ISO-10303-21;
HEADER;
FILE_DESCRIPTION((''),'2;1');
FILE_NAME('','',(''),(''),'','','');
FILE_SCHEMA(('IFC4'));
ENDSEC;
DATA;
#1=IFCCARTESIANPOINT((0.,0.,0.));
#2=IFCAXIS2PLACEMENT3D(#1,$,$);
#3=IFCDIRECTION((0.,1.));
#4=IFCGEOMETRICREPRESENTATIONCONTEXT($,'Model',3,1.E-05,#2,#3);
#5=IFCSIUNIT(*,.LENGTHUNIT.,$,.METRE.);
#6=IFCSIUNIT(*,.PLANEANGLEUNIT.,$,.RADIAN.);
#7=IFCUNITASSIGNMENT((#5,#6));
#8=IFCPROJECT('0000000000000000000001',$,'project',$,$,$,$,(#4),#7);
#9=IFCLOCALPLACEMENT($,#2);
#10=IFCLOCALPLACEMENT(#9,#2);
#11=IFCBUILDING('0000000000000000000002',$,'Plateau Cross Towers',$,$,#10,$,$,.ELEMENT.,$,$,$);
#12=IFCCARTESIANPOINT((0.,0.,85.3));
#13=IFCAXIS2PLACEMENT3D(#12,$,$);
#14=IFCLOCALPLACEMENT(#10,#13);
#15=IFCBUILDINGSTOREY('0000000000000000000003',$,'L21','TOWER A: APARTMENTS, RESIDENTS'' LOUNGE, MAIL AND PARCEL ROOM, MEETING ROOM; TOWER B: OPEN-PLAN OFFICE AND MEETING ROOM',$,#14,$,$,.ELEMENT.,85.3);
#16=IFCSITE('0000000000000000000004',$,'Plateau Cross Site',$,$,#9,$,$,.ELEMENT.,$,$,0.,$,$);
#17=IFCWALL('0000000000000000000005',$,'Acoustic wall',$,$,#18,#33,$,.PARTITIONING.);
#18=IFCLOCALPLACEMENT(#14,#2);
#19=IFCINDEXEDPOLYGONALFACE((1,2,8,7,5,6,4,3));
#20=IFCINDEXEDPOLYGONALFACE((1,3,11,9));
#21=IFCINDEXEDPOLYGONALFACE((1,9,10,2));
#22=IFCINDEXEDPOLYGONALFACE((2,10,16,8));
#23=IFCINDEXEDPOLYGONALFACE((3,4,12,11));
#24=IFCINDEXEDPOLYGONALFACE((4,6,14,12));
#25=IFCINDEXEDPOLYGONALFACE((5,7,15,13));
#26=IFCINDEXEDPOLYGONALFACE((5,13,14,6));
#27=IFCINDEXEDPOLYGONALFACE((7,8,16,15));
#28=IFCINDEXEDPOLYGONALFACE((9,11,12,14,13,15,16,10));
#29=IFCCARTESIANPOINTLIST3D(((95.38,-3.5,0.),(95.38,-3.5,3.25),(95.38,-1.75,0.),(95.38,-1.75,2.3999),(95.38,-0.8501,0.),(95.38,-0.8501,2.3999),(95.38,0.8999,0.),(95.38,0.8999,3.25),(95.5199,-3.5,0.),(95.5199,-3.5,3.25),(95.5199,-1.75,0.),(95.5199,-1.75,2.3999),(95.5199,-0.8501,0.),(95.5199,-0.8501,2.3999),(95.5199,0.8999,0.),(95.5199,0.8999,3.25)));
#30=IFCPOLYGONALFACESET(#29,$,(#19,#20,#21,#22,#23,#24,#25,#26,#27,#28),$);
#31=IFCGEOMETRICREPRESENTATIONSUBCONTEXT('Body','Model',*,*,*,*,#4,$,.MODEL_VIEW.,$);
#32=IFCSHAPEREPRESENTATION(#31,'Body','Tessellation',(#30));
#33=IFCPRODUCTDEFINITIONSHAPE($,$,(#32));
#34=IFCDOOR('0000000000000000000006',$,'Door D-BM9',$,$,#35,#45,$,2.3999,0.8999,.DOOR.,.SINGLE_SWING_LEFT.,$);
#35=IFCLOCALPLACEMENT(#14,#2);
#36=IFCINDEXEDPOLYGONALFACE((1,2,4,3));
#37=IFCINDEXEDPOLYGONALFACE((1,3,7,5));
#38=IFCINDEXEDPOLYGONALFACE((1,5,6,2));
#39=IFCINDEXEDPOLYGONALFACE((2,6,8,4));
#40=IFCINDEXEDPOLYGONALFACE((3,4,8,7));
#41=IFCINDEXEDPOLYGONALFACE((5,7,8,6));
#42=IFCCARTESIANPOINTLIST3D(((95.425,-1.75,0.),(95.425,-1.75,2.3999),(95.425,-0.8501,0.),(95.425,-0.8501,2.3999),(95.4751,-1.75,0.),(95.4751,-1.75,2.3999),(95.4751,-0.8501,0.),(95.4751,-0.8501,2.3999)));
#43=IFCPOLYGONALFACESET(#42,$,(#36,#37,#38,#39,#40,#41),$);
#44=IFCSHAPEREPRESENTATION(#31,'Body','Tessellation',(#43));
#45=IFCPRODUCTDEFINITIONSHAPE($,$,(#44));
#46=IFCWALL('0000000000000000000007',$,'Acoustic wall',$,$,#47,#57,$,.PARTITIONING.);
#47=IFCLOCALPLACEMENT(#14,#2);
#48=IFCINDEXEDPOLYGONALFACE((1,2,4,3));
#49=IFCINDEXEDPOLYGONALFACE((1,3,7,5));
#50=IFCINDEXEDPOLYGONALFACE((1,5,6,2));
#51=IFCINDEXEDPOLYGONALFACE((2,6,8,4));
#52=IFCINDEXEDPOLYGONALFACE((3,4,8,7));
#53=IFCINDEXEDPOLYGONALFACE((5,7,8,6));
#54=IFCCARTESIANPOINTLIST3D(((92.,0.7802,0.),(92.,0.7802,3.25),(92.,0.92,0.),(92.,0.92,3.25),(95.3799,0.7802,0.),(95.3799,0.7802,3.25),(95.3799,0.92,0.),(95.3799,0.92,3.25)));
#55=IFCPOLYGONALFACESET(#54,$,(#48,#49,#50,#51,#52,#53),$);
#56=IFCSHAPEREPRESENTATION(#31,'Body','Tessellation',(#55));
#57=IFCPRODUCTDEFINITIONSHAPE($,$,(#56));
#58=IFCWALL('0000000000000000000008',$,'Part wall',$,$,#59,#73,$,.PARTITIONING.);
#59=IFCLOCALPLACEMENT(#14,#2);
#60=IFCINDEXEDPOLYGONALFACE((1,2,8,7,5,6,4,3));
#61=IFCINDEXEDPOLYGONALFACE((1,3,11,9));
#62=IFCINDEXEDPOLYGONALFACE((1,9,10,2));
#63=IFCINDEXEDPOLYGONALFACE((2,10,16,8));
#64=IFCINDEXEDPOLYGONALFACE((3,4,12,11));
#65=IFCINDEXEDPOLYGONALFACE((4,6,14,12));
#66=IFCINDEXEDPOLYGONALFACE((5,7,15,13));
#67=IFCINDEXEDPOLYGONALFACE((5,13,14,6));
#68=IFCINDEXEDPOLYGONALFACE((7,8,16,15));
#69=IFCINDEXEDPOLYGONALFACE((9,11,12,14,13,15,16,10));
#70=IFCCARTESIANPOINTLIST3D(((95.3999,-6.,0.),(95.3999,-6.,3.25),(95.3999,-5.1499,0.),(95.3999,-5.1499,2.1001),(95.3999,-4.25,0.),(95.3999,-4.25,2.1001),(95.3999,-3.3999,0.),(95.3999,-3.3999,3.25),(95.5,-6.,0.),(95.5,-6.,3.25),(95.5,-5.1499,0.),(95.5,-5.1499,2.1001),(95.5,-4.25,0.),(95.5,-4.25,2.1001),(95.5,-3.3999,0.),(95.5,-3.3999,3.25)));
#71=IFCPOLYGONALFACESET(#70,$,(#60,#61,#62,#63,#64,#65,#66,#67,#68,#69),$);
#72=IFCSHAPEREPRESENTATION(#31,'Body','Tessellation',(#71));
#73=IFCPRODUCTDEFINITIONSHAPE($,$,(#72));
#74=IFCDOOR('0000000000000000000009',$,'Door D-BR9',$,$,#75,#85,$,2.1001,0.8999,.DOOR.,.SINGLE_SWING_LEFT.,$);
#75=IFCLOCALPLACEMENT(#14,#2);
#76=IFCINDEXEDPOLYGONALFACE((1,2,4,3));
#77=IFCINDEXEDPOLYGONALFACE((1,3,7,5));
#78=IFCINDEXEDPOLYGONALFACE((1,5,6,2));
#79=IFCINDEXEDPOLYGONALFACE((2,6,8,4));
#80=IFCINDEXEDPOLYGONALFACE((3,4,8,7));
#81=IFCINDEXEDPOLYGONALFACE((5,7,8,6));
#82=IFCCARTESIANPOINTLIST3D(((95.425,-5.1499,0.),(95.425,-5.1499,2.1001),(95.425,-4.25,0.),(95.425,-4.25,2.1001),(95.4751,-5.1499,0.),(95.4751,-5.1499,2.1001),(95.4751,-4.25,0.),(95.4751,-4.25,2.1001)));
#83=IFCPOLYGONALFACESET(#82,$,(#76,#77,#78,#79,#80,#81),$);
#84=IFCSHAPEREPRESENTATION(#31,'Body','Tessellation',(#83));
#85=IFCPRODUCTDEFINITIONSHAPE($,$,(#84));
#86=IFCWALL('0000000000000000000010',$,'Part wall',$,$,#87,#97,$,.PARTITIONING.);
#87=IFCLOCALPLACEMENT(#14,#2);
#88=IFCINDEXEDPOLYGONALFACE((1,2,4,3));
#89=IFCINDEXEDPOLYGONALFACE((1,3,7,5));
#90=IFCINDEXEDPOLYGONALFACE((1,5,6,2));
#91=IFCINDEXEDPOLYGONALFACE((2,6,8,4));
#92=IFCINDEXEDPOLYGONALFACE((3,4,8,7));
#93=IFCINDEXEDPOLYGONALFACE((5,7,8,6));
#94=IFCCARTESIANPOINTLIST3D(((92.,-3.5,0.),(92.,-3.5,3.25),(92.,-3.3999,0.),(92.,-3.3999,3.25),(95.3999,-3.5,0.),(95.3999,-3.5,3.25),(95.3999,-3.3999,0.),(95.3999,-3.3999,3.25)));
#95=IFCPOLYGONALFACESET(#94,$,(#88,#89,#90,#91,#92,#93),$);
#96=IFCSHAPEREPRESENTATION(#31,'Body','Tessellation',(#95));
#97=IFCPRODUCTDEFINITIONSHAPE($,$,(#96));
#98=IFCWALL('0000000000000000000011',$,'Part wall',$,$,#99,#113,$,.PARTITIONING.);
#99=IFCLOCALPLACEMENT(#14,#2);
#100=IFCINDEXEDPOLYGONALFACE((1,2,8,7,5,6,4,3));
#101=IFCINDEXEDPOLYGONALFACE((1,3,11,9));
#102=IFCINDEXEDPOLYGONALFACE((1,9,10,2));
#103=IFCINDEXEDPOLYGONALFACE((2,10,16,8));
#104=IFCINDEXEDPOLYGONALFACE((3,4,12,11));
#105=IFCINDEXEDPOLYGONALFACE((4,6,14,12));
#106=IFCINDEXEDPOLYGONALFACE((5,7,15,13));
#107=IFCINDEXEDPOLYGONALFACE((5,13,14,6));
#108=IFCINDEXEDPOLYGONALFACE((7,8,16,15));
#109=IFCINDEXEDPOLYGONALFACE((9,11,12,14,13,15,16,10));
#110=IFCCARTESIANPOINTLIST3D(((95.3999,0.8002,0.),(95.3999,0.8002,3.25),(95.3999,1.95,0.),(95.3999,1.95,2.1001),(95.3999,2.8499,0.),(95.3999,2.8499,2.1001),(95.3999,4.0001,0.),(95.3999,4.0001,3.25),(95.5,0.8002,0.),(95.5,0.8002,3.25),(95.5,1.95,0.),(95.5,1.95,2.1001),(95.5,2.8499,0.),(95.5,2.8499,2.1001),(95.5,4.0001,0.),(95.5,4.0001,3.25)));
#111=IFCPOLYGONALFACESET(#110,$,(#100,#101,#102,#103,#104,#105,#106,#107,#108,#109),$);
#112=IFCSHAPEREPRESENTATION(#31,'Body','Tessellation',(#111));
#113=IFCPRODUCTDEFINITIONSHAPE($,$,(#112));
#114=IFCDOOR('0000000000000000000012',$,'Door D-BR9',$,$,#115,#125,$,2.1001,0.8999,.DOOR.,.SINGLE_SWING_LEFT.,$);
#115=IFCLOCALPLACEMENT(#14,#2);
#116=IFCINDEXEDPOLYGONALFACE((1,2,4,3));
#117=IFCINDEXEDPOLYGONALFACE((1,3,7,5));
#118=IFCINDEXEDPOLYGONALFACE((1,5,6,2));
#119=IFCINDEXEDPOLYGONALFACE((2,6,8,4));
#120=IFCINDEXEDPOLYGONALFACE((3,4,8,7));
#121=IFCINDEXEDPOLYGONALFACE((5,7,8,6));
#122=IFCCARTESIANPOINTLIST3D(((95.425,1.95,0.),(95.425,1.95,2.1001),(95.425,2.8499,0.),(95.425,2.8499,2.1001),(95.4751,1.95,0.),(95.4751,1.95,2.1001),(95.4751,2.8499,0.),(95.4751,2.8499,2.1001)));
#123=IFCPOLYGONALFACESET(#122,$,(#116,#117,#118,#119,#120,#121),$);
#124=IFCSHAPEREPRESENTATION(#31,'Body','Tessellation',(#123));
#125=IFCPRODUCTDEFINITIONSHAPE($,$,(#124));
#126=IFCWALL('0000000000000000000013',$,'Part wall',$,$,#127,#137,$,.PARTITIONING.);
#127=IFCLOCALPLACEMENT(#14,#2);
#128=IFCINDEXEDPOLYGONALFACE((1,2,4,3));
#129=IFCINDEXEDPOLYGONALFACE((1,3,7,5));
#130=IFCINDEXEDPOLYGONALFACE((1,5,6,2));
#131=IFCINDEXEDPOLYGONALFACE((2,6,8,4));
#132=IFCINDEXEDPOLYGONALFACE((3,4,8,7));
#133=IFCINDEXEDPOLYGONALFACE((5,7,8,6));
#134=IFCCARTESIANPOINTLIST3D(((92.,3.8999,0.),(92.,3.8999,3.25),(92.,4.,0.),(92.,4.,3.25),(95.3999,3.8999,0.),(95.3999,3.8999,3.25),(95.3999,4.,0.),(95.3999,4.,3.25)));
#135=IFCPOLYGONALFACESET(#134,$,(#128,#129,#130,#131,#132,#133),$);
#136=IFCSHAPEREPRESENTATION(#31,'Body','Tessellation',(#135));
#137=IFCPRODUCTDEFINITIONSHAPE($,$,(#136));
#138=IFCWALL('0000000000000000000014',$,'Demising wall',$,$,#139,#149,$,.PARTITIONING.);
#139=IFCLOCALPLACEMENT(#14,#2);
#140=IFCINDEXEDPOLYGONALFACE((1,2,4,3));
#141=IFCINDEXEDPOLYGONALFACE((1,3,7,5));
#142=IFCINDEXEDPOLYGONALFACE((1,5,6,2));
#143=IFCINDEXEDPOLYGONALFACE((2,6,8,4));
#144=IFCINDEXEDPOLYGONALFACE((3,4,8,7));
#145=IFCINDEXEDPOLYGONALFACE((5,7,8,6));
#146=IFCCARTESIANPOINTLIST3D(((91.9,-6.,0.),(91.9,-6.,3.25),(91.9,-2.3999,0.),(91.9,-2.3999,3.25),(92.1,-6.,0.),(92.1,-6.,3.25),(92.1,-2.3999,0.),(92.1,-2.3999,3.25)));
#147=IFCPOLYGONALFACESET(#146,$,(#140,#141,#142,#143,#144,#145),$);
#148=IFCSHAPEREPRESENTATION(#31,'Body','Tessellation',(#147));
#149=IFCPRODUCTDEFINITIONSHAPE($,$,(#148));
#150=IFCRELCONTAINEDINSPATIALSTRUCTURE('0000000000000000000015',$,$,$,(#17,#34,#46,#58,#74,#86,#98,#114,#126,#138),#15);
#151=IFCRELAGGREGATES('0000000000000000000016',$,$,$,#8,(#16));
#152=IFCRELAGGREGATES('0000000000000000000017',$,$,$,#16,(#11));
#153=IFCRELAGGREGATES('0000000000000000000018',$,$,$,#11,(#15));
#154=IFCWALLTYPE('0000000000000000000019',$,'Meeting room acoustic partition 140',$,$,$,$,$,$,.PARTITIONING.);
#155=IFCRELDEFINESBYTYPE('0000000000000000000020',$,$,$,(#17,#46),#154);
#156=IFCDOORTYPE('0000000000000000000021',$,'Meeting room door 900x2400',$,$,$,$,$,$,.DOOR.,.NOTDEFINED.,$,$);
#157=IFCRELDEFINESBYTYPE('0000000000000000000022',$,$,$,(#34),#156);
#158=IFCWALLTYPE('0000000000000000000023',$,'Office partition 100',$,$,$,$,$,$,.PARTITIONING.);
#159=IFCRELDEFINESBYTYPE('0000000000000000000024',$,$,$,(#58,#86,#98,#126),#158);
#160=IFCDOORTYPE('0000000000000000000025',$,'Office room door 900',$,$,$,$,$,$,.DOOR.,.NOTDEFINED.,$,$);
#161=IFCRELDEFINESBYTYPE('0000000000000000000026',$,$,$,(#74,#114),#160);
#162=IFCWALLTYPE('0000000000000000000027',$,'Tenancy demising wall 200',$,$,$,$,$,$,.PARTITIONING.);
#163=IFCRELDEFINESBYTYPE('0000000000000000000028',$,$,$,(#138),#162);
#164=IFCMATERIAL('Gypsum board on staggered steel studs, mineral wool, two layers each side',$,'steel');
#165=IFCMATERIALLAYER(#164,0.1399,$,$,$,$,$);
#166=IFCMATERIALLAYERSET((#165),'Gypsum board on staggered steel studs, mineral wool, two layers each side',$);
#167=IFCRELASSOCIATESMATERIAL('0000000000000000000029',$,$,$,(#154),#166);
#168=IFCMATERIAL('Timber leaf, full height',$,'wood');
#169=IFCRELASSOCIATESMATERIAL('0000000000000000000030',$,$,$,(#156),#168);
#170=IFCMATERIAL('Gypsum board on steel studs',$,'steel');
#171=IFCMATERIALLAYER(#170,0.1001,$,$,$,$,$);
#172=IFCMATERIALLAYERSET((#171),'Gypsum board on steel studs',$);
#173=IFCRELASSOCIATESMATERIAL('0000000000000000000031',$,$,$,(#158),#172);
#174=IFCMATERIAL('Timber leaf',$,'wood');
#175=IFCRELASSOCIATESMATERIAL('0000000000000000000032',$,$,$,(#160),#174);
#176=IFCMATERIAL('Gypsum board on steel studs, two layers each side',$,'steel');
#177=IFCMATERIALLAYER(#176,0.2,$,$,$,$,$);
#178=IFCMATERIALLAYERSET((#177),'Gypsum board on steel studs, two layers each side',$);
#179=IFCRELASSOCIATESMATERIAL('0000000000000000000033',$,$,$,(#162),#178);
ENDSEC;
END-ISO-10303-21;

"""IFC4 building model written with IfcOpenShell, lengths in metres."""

from ifc_helpers import new_model, si_unit, direction, frame, frame_2d, origin, place, context, subcontext, project, spatial, rectangle, extrude, material, layer, layer_set, type_object, element, fill, save


model = new_model("IFC4")

# Units and contexts
model_context = context("Model", 3, precision=1e-05, world=origin(), true_north=direction((0.0, 1.0)))
body_context = subcontext(model_context, "Body", "Model", "MODEL_VIEW")
ifc_project = project(units=[si_unit("LENGTHUNIT", "METRE"), si_unit("PLANEANGLEUNIT", "RADIAN")], contexts=[model_context])

# Site, building, storey
site_placement = place(None, origin())
site = spatial("IfcSite", under=ifc_project, at=site_placement, Name="Plateau Cross Site", CompositionType="ELEMENT", RefElevation=0.0)
building_placement = place(site_placement, origin())
building = spatial("IfcBuilding", under=site, at=building_placement, Name="Plateau Cross Towers", CompositionType="ELEMENT")
storey_placement = place(building_placement, frame((0.0, 0.0, 85.3)))
storey = spatial("IfcBuildingStorey", under=building, at=storey_placement, Name="L21", Description="TOWER A: APARTMENTS, RESIDENTS' LOUNGE, MAIL AND PARCEL ROOM, MEETING ROOM; TOWER B: OPEN-PLAN OFFICE AND MEETING ROOM", CompositionType="ELEMENT", Elevation=85.3)

# Wall, opening, door
ifc_material_1 = material(Name="Gypsum board on steel studs, two layers each side", Category="steel")
ifc_material_2 = material(Name="Gypsum board on staggered steel studs, mineral wool, two layers each side", Category="steel")
ifc_layer_1 = layer(ifc_material_2, 0.1399)
ifc_layer_set_1 = layer_set([ifc_layer_1], Name="Gypsum board on staggered steel studs, mineral wool, two layers each side")
wall_type_1 = type_object("IfcWallType", Name="Meeting room acoustic partition 140", PredefinedType="PARTITIONING", material=ifc_layer_set_1)
wall_1_placement = place(storey_placement, frame((95.45, -3.5, 0.0), z_axis=(0.0, 0.0, 1.0), x_axis=(0.0, 1.0, 0.0)))
wall_1 = element("IfcWall", 1, at=wall_1_placement, inside=storey, type_object=wall_type_1, Name="Acoustic wall", PredefinedType="PARTITIONING", context=body_context, shape_type="SweptSolid", body=[
    extrude(rectangle(XDim=4.3999, YDim=0.1399, at=frame_2d((2.2, 0.0))), origin(), (0.0, 0.0, 1.0), 3.25),
])
opening_1_placement = place(wall_1_placement, frame((1.75, 0.0, 0.0)))
opening_1 = element("IfcOpeningElement", 2, at=opening_1_placement, cuts=wall_1, PredefinedType="OPENING", context=body_context, shape_type="SweptSolid", body=[
    extrude(rectangle(XDim=0.8999, YDim=2.3999, at=frame_2d((0.45, 1.2))), frame((0.0, 0.0798, 0.0), z_axis=(0.0, -1.0, 0.0), x_axis=(1.0, 0.0, 0.0)), (0.0, 0.0, 1.0), 0.1599),
])
ifc_material_3 = material(Name="Timber leaf, full height", Category="wood")
door_type_1 = type_object("IfcDoorType", Name="Meeting room door 900x2400", OperationType="NOTDEFINED", PredefinedType="DOOR", material=ifc_material_3)
door_1_placement = place(opening_1_placement, origin())
door_1 = element("IfcDoor", 3, at=door_1_placement, inside=storey, type_object=door_type_1, Name="Door D-BM9", OperationType="SINGLE_SWING_LEFT", OverallHeight=2.3999, OverallWidth=0.8999, PredefinedType="DOOR", context=body_context, shape_type="SweptSolid", body=[
    extrude(rectangle(XDim=0.8999, YDim=2.3999, at=frame_2d((0.45, 1.2))), frame((0.0, 0.0249, 0.0), z_axis=(0.0, -1.0, 0.0), x_axis=(1.0, 0.0, 0.0)), (0.0, 0.0, 1.0), 0.05),
])
fill(opening_1, door_1)

# Wall
wall_2_placement = place(storey_placement, frame((92.0, 0.8501, 0.0), z_axis=(0.0, 0.0, 1.0), x_axis=(1.0, 0.0, 0.0)))
element("IfcWall", 4, at=wall_2_placement, inside=storey, type_object=wall_type_1, Name="Acoustic wall", PredefinedType="PARTITIONING", context=body_context, shape_type="SweptSolid", body=[
    extrude(rectangle(XDim=3.3799, YDim=0.1399, at=frame_2d((1.6899, 0.0))), origin(), (0.0, 0.0, 1.0), 3.25),
])

# Wall, opening, door
ifc_material_4 = material(Name="Gypsum board on steel studs", Category="steel")
ifc_layer_2 = layer(ifc_material_4, 0.1001)
ifc_layer_set_2 = layer_set([ifc_layer_2], Name="Gypsum board on steel studs")
wall_type_2 = type_object("IfcWallType", Name="Office partition 100", PredefinedType="PARTITIONING", material=ifc_layer_set_2)
wall_3_placement = place(storey_placement, frame((95.45, -6.0, 0.0), z_axis=(0.0, 0.0, 1.0), x_axis=(0.0, 1.0, 0.0)))
wall_3 = element("IfcWall", 5, at=wall_3_placement, inside=storey, type_object=wall_type_2, Name="Part wall", PredefinedType="PARTITIONING", context=body_context, shape_type="SweptSolid", body=[
    extrude(rectangle(XDim=2.6001, YDim=0.1001, at=frame_2d((1.3, 0.0))), origin(), (0.0, 0.0, 1.0), 3.25),
])
opening_2_placement = place(wall_3_placement, frame((0.8501, 0.0, 0.0)))
opening_2 = element("IfcOpeningElement", 6, at=opening_2_placement, cuts=wall_3, PredefinedType="OPENING", context=body_context, shape_type="SweptSolid", body=[
    extrude(rectangle(XDim=0.8999, YDim=2.1001, at=frame_2d((0.45, 1.05))), frame((0.0, 0.0601, 0.0), z_axis=(0.0, -1.0, 0.0), x_axis=(1.0, 0.0, 0.0)), (0.0, 0.0, 1.0), 0.1201),
])
ifc_material_5 = material(Name="Timber leaf", Category="wood")
door_type_2 = type_object("IfcDoorType", Name="Office room door 900", OperationType="NOTDEFINED", PredefinedType="DOOR", material=ifc_material_5)
door_2_placement = place(opening_2_placement, origin())
door_2 = element("IfcDoor", 7, at=door_2_placement, inside=storey, type_object=door_type_2, Name="Door D-BR9", OperationType="SINGLE_SWING_LEFT", OverallHeight=2.1001, OverallWidth=0.8999, PredefinedType="DOOR", context=body_context, shape_type="SweptSolid", body=[
    extrude(rectangle(XDim=0.8999, YDim=2.1001, at=frame_2d((0.45, 1.05))), frame((0.0, 0.0249, 0.0), z_axis=(0.0, -1.0, 0.0), x_axis=(1.0, 0.0, 0.0)), (0.0, 0.0, 1.0), 0.05),
])
fill(opening_2, door_2)

# Wall
wall_4_placement = place(storey_placement, frame((92.0, -3.45, 0.0), z_axis=(0.0, 0.0, 1.0), x_axis=(1.0, 0.0, 0.0)))
element("IfcWall", 8, at=wall_4_placement, inside=storey, type_object=wall_type_2, Name="Part wall", PredefinedType="PARTITIONING", context=body_context, shape_type="SweptSolid", body=[
    extrude(rectangle(XDim=3.3999, YDim=0.1001, at=frame_2d((1.7, 0.0))), origin(), (0.0, 0.0, 1.0), 3.25),
])

# Wall, opening, door
wall_5_placement = place(storey_placement, frame((95.45, 0.8, 0.0), z_axis=(0.0, 0.0, 1.0), x_axis=(0.0, 1.0, 0.0)))
wall_5 = element("IfcWall", 9, at=wall_5_placement, inside=storey, type_object=wall_type_2, Name="Part wall", PredefinedType="PARTITIONING", context=body_context, shape_type="SweptSolid", body=[
    extrude(rectangle(XDim=3.2, YDim=0.1001, at=frame_2d((1.6001, 0.0))), origin(), (0.0, 0.0, 1.0), 3.25),
])
opening_3_placement = place(wall_5_placement, frame((1.1499, 0.0, 0.0)))
opening_3 = element("IfcOpeningElement", 10, at=opening_3_placement, cuts=wall_5, PredefinedType="OPENING", context=body_context, shape_type="SweptSolid", body=[
    extrude(rectangle(XDim=0.8999, YDim=2.1001, at=frame_2d((0.45, 1.05))), frame((0.0, 0.0601, 0.0), z_axis=(0.0, -1.0, 0.0), x_axis=(1.0, 0.0, 0.0)), (0.0, 0.0, 1.0), 0.1201),
])
door_3_placement = place(opening_3_placement, origin())
door_3 = element("IfcDoor", 11, at=door_3_placement, inside=storey, type_object=door_type_2, Name="Door D-BR9", OperationType="SINGLE_SWING_LEFT", OverallHeight=2.1001, OverallWidth=0.8999, PredefinedType="DOOR", context=body_context, shape_type="SweptSolid", body=[
    extrude(rectangle(XDim=0.8999, YDim=2.1001, at=frame_2d((0.45, 1.05))), frame((0.0, 0.0249, 0.0), z_axis=(0.0, -1.0, 0.0), x_axis=(1.0, 0.0, 0.0)), (0.0, 0.0, 1.0), 0.05),
])
fill(opening_3, door_3)

# Walls
wall_6_placement = place(storey_placement, frame((92.0, 3.95, 0.0), z_axis=(0.0, 0.0, 1.0), x_axis=(1.0, 0.0, 0.0)))
element("IfcWall", 12, at=wall_6_placement, inside=storey, type_object=wall_type_2, Name="Part wall", PredefinedType="PARTITIONING", context=body_context, shape_type="SweptSolid", body=[
    extrude(rectangle(XDim=3.3999, YDim=0.1001, at=frame_2d((1.7, 0.0))), origin(), (0.0, 0.0, 1.0), 3.25),
])
ifc_layer_3 = layer(ifc_material_1, 0.2)
ifc_layer_set_3 = layer_set([ifc_layer_3], Name="Gypsum board on steel studs, two layers each side")
wall_type_3 = type_object("IfcWallType", Name="Tenancy demising wall 200", PredefinedType="PARTITIONING", material=ifc_layer_set_3)
wall_7_placement = place(storey_placement, frame((92.0, -6.0, 0.0), z_axis=(0.0, 0.0, 1.0), x_axis=(0.0, 1.0, 0.0)))
element("IfcWall", 13, at=wall_7_placement, inside=storey, type_object=wall_type_3, Name="Demising wall", PredefinedType="PARTITIONING", context=body_context, shape_type="SweptSolid", body=[
    extrude(rectangle(XDim=3.6001, YDim=0.2, at=frame_2d((1.8, 0.0))), origin(), (0.0, 0.0, 1.0), 3.25),
])

save(model, "model.ifc")
